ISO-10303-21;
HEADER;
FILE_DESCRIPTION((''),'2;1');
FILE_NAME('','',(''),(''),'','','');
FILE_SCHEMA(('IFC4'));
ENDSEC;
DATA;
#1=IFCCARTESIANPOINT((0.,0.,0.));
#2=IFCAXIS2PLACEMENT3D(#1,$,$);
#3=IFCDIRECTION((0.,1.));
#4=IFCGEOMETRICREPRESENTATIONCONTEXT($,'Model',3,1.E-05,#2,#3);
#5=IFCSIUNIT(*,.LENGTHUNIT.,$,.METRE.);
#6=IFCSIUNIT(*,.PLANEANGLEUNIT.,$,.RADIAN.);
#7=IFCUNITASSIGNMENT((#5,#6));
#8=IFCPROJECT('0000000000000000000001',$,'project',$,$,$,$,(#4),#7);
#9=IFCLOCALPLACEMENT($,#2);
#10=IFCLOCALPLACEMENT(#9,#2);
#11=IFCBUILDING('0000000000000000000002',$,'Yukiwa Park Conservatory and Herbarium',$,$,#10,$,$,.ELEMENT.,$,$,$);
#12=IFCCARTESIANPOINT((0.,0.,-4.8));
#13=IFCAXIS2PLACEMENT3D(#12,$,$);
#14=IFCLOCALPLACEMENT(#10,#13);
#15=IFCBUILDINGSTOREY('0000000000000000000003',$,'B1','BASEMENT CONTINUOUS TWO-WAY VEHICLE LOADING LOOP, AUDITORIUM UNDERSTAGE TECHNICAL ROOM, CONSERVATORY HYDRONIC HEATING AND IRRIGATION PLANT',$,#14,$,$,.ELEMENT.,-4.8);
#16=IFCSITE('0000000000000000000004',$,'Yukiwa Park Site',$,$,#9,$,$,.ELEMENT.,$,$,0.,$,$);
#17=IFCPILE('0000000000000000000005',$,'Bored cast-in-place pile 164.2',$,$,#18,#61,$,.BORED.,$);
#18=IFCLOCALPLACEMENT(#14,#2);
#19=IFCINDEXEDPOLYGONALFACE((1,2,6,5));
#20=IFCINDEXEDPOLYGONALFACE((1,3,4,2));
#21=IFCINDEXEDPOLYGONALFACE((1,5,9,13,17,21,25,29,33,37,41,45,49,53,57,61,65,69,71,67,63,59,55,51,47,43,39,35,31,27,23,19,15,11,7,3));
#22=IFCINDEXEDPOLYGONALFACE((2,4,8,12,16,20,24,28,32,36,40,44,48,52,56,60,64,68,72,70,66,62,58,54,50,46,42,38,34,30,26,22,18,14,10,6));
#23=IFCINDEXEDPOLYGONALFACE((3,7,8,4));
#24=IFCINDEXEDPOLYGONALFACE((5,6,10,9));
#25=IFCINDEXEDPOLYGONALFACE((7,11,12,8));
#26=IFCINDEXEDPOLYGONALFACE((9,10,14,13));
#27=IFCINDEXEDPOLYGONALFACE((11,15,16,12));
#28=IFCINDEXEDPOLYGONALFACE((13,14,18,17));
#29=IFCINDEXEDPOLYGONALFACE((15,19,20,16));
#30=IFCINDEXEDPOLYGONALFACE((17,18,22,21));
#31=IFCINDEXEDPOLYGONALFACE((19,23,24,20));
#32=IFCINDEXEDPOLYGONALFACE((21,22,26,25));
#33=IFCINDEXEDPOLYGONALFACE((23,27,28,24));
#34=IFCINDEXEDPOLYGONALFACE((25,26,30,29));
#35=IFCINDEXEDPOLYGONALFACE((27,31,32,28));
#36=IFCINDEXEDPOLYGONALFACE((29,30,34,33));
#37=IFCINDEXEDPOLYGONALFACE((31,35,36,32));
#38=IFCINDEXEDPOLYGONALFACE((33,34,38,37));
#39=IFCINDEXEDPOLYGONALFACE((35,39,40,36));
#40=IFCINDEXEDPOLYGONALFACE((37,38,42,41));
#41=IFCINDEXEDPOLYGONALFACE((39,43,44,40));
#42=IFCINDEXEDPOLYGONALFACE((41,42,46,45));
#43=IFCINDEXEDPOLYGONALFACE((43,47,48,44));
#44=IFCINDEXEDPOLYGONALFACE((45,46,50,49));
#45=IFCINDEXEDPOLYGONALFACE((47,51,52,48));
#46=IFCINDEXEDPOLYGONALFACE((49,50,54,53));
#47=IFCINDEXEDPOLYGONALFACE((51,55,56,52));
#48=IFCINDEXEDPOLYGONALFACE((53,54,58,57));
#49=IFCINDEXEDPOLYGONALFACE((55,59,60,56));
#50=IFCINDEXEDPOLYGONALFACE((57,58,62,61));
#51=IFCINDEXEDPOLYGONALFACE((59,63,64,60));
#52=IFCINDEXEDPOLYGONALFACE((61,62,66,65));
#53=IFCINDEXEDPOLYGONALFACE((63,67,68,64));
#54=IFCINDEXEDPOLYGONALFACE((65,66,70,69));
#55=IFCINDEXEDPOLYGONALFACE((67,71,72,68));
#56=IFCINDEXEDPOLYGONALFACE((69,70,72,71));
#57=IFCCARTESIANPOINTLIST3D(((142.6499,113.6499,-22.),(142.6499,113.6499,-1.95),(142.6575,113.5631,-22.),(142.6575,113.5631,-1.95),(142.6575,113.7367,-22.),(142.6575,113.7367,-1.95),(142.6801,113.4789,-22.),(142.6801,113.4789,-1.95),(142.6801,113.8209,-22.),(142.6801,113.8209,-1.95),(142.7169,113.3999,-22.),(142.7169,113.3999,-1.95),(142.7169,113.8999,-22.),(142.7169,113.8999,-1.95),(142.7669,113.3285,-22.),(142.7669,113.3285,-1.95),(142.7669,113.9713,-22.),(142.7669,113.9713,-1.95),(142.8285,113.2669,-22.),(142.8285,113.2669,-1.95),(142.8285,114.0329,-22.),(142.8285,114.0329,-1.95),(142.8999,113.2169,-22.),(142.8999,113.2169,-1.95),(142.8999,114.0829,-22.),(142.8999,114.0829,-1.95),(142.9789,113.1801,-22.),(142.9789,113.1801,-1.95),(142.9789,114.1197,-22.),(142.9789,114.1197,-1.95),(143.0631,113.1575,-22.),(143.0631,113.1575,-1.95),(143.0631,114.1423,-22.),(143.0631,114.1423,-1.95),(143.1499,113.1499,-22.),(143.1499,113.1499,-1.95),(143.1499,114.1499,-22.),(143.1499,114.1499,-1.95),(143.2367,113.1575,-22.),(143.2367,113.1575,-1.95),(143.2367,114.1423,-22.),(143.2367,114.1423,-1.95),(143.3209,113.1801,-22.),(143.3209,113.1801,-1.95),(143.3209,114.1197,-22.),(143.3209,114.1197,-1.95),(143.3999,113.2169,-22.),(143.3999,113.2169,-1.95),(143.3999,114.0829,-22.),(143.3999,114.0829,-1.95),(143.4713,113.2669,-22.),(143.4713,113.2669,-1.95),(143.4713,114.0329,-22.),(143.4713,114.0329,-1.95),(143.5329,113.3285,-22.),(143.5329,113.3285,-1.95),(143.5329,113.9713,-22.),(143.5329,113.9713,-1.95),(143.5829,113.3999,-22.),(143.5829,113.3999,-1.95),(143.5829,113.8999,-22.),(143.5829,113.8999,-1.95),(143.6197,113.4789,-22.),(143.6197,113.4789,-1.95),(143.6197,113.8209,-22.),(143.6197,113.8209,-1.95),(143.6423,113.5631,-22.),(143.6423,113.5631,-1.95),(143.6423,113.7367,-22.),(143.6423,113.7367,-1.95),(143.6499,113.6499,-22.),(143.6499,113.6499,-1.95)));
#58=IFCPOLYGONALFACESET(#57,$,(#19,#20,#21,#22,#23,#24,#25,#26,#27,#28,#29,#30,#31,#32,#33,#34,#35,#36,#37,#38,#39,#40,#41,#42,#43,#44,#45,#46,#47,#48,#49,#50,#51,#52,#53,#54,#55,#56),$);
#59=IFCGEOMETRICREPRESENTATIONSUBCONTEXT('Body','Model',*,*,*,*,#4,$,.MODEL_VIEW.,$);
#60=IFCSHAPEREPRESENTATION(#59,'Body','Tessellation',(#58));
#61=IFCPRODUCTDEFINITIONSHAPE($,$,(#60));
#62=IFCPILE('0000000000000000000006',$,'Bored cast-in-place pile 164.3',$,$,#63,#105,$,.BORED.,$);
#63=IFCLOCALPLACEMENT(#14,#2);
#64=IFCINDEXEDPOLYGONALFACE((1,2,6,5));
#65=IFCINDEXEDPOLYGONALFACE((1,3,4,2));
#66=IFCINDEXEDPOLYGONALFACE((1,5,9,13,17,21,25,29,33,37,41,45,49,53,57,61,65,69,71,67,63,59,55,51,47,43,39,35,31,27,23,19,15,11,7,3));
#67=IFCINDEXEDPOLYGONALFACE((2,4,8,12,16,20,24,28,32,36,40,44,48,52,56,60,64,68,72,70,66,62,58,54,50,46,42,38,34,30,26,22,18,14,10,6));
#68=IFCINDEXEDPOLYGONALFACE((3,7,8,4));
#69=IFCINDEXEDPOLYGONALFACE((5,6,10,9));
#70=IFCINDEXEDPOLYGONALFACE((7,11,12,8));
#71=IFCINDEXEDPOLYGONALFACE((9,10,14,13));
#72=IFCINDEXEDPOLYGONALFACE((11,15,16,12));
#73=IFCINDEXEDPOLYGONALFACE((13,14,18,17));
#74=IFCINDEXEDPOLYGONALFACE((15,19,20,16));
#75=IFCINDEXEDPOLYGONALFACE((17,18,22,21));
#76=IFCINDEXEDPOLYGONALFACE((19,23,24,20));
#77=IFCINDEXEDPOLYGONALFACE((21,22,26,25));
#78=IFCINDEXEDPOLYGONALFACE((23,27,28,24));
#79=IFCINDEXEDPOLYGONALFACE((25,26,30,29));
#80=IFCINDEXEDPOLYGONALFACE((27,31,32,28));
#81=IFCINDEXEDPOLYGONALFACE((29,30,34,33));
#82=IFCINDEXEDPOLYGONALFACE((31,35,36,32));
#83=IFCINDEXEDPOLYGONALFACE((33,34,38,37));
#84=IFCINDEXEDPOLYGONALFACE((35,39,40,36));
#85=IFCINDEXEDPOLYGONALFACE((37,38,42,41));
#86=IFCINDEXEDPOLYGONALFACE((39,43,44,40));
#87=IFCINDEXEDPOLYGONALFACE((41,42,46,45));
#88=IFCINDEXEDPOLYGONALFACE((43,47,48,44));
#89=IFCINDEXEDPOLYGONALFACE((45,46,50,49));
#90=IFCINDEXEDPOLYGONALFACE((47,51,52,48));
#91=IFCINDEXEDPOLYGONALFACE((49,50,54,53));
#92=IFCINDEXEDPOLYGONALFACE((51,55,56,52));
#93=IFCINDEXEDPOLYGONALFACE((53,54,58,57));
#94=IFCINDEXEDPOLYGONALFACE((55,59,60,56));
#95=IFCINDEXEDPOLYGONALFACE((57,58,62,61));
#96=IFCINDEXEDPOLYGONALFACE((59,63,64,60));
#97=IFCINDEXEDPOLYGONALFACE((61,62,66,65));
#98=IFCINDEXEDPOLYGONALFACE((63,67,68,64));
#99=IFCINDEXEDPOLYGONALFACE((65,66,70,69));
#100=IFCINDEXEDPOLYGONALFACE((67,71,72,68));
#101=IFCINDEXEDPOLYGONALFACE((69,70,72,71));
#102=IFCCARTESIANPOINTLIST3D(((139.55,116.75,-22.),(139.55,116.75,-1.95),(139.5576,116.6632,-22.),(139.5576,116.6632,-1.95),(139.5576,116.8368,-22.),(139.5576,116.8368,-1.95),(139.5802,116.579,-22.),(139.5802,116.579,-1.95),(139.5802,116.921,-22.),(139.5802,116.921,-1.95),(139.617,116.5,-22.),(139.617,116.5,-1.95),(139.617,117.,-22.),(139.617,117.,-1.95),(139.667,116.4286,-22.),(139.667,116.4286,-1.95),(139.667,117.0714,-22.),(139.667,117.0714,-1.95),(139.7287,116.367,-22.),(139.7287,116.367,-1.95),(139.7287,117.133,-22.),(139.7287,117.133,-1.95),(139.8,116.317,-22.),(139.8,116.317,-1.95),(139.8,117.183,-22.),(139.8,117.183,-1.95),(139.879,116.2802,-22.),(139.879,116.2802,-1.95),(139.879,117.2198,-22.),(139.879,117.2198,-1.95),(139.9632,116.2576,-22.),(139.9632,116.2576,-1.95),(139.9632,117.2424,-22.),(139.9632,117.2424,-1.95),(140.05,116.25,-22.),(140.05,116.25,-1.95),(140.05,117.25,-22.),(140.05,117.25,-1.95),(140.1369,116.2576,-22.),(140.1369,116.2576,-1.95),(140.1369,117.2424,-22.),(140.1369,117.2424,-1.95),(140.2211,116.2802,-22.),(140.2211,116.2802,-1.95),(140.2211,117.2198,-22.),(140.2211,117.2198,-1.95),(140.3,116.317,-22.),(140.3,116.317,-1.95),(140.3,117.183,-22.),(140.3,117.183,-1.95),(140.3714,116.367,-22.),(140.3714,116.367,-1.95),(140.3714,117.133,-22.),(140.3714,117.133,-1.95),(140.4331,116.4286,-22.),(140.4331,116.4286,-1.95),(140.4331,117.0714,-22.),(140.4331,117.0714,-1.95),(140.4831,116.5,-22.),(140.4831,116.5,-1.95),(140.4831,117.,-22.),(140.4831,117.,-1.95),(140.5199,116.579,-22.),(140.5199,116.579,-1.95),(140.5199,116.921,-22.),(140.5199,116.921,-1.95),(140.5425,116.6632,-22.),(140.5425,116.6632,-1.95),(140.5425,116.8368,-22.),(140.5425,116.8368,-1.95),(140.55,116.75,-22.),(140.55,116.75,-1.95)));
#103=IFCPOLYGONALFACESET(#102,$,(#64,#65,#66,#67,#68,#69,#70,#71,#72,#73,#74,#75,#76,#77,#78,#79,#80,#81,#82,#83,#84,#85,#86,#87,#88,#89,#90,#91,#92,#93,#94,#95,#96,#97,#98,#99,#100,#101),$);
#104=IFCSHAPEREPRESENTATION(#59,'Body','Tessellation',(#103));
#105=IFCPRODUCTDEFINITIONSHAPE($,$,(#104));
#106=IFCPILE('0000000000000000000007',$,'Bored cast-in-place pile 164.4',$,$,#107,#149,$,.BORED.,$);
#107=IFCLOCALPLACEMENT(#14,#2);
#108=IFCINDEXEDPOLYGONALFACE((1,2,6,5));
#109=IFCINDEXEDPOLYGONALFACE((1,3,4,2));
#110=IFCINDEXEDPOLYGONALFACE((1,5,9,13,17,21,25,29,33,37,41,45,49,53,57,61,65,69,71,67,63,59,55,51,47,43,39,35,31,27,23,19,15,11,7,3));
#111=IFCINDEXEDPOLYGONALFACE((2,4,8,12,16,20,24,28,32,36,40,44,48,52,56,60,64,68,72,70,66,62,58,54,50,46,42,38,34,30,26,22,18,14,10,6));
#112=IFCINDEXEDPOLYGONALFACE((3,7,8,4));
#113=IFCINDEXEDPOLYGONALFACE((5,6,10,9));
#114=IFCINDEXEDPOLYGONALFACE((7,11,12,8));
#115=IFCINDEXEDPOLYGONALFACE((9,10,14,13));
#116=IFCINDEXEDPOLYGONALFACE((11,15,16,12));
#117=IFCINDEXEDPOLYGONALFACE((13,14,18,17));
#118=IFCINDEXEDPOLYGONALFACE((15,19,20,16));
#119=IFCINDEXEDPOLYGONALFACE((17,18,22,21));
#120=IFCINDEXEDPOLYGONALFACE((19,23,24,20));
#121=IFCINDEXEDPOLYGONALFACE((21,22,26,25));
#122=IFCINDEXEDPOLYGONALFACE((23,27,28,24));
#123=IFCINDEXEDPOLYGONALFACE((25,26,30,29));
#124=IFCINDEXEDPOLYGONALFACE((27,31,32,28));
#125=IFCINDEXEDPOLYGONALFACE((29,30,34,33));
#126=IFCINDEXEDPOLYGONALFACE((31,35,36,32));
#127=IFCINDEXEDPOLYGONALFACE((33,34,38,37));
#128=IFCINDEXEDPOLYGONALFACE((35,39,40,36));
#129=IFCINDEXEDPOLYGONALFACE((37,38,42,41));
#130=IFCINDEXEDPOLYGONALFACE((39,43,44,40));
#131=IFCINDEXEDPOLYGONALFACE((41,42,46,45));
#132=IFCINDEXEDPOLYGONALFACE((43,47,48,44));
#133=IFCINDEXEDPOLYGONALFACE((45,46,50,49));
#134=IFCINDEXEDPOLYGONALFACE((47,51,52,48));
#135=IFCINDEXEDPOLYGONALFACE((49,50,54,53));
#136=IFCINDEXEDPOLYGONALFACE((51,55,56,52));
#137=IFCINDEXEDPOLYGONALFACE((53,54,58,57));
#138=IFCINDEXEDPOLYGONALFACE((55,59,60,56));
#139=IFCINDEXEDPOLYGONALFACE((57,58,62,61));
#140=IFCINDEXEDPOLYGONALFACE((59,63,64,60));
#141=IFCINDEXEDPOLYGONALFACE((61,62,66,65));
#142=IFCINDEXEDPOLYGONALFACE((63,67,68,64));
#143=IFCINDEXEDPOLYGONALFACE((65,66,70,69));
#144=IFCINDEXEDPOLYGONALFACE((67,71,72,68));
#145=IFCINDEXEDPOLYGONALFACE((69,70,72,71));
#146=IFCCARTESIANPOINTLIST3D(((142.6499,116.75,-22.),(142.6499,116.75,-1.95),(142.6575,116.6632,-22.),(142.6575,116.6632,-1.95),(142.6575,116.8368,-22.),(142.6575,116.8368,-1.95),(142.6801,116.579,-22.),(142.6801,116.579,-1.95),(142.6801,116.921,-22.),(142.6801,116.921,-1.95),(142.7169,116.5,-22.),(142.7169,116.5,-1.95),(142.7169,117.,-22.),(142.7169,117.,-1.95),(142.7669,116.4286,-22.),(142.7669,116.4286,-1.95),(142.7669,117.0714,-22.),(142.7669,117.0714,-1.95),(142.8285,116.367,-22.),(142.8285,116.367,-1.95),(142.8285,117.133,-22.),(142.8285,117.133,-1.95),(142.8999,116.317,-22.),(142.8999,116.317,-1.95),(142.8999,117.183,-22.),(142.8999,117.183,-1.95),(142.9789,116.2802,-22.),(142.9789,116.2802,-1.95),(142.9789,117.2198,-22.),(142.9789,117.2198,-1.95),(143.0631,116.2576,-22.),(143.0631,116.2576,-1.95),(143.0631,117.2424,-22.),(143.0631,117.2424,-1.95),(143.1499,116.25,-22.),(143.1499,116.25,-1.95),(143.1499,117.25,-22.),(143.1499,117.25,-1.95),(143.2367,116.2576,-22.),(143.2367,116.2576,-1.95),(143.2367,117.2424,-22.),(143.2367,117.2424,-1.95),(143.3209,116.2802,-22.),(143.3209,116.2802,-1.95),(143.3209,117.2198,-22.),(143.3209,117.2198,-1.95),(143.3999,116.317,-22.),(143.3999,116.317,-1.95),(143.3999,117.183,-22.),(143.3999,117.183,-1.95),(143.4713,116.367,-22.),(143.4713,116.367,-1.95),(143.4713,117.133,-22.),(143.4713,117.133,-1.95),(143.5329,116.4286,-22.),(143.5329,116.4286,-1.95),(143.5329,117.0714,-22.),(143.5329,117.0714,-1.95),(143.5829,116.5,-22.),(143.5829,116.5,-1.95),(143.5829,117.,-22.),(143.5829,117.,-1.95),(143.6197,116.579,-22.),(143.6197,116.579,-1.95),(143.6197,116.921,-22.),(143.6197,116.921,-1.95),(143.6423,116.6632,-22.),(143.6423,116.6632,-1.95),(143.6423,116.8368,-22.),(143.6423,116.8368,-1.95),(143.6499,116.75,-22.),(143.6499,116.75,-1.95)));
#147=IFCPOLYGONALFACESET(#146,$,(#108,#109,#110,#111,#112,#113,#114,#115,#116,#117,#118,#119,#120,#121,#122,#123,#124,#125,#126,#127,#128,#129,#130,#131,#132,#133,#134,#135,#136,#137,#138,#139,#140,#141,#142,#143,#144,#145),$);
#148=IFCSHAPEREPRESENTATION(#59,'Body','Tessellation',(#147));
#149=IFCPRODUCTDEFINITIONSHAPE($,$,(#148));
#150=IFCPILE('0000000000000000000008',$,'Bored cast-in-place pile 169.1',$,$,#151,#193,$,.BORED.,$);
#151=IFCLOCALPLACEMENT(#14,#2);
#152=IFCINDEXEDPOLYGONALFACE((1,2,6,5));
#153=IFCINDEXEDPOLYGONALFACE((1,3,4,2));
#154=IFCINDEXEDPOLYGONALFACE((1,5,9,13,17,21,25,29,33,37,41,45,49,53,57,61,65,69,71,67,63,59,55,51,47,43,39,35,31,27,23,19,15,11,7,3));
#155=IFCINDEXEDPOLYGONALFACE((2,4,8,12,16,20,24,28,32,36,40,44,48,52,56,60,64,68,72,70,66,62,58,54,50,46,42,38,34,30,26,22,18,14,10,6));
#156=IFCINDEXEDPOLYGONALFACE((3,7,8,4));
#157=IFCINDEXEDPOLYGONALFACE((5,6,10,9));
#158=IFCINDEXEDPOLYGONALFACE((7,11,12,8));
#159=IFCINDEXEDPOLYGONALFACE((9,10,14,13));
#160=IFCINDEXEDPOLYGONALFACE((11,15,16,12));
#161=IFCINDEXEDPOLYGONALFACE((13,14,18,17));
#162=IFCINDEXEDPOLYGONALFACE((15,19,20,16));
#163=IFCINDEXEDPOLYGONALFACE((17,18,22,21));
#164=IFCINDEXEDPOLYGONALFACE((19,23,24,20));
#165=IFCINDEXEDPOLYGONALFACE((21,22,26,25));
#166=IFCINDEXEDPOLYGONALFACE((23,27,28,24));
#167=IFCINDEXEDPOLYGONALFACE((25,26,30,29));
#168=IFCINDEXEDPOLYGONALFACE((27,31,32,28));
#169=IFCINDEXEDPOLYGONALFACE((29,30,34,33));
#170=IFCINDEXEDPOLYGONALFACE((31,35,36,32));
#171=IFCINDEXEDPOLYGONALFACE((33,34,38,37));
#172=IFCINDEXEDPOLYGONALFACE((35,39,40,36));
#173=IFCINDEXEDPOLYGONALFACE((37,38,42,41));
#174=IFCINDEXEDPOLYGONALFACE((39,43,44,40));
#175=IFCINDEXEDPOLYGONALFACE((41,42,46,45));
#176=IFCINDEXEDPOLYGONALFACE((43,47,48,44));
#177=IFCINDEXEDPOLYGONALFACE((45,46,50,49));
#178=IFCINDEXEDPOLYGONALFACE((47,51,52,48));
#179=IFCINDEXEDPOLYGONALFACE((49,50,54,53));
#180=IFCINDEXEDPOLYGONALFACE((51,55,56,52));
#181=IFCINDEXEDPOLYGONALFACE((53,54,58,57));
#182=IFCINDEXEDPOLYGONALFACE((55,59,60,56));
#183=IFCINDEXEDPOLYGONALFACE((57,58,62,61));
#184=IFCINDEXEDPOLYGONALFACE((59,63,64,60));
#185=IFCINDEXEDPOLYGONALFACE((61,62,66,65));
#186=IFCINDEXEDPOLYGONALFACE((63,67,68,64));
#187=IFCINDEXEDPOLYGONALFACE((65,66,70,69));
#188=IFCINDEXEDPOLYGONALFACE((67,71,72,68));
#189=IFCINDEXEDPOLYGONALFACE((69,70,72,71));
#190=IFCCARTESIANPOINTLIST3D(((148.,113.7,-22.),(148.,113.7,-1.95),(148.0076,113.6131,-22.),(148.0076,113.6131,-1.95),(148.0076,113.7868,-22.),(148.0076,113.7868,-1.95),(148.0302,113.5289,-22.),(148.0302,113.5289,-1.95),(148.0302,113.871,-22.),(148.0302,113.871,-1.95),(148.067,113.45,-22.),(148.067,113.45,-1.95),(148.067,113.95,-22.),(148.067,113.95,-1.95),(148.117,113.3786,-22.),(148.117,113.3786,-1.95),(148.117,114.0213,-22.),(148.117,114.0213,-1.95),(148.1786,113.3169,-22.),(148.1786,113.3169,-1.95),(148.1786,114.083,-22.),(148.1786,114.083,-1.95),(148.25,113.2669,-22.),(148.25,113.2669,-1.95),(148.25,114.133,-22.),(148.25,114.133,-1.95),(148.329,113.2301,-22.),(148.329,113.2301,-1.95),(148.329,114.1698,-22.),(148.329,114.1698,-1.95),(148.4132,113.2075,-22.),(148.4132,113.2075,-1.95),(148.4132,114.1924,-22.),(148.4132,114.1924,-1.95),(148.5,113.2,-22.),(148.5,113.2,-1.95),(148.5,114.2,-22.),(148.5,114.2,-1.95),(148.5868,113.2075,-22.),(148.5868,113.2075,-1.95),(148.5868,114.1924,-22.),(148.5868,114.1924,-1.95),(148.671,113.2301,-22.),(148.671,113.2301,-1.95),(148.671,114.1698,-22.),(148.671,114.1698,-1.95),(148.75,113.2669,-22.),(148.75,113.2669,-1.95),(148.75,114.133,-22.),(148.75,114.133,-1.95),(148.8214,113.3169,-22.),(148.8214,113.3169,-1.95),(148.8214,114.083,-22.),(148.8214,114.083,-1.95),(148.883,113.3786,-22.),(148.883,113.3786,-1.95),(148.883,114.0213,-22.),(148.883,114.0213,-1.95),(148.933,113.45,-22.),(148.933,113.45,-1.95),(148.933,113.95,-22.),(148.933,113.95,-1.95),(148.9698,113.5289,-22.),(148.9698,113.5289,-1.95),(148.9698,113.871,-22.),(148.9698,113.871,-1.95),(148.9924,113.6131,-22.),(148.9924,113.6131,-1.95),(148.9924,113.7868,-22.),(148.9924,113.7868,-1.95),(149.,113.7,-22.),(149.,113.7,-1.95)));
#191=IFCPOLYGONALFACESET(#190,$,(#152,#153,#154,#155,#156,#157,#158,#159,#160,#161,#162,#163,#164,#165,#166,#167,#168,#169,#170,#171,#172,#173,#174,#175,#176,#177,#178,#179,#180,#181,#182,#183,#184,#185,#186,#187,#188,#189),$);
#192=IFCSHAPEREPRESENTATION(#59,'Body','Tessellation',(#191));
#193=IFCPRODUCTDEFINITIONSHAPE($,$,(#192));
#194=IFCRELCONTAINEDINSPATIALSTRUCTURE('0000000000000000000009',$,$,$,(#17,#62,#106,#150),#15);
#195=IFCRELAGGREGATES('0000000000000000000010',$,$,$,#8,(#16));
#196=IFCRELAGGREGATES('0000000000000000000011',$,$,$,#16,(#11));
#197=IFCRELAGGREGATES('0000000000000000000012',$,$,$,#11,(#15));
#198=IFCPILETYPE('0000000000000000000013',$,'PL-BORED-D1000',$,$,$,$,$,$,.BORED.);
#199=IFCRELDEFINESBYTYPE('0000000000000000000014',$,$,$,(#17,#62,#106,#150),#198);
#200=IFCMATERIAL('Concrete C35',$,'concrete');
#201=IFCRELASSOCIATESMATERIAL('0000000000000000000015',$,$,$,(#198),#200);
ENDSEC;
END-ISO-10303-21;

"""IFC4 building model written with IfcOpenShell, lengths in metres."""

from ifc_helpers import new_model, si_unit, direction, frame, origin, origin_2d, place, context, subcontext, project, spatial, circle, extrude, material, material_profile, profile_set, type_object, element, save


model = new_model("IFC4")

# Units and contexts
model_context = context("Model", 3, precision=1e-05, world=origin(), true_north=direction((0.0, 1.0)))
body_context = subcontext(model_context, "Body", "Model", "MODEL_VIEW")
ifc_project = project(units=[si_unit("LENGTHUNIT", "METRE"), si_unit("PLANEANGLEUNIT", "RADIAN")], contexts=[model_context])

# Site, building, storey
site_placement = place(None, origin())
site = spatial("IfcSite", under=ifc_project, at=site_placement, Name="Yukiwa Park Site", CompositionType="ELEMENT", RefElevation=0.0)
building_placement = place(site_placement, origin())
building = spatial("IfcBuilding", under=site, at=building_placement, Name="Yukiwa Park Conservatory and Herbarium", CompositionType="ELEMENT")
storey_placement = place(building_placement, frame((0.0, 0.0, -4.8)))
storey = spatial("IfcBuildingStorey", under=building, at=storey_placement, Name="B1", Description="BASEMENT CONTINUOUS TWO-WAY VEHICLE LOADING LOOP, AUDITORIUM UNDERSTAGE TECHNICAL ROOM, CONSERVATORY HYDRONIC HEATING AND IRRIGATION PLANT", CompositionType="ELEMENT", Elevation=-4.8)

# Piles
ifc_material_1 = material(Name="Concrete C35", Category="concrete")
ifc_material_profile_1 = material_profile(ifc_material_1, circle(Radius=0.5, at=origin_2d()), Name="PILE D1000")
ifc_profile_set_1 = profile_set([ifc_material_profile_1], Name="Concrete C35")
pile_type_1 = type_object("IfcPileType", Name="PL-BORED-D1000", PredefinedType="BORED", material=ifc_profile_set_1)
for number, where, z_axis, x_axis, name in (
    (1, (143.1499, 113.6499, -1.95), (0.0, 0.0, -1.0), (1.0, 0.0, 0.0), "Bored cast-in-place pile 164.2"),
    (2, (140.05, 116.75, -1.95), (0.0, 0.0, -1.0), (1.0, 0.0, 0.0), "Bored cast-in-place pile 164.3"),
    (3, (143.1499, 116.75, -1.95), (0.0, 0.0, -1.0), (1.0, 0.0, 0.0), "Bored cast-in-place pile 164.4"),
    (4, (148.5, 113.7, -1.95), (0.0, 0.0, -1.0), (1.0, 0.0, 0.0), "Bored cast-in-place pile 169.1"),
):
    element("IfcPile", number, at=place(storey_placement, frame(where, z_axis=z_axis, x_axis=x_axis)), inside=storey, type_object=pile_type_1, Name=name, PredefinedType="BORED", context=body_context, shape_type="SweptSolid", body=[
        extrude(circle(Radius=0.5, at=origin_2d()), origin(), (0.0, 0.0, 1.0), 20.05),
    ])

save(model, "model.ifc")
